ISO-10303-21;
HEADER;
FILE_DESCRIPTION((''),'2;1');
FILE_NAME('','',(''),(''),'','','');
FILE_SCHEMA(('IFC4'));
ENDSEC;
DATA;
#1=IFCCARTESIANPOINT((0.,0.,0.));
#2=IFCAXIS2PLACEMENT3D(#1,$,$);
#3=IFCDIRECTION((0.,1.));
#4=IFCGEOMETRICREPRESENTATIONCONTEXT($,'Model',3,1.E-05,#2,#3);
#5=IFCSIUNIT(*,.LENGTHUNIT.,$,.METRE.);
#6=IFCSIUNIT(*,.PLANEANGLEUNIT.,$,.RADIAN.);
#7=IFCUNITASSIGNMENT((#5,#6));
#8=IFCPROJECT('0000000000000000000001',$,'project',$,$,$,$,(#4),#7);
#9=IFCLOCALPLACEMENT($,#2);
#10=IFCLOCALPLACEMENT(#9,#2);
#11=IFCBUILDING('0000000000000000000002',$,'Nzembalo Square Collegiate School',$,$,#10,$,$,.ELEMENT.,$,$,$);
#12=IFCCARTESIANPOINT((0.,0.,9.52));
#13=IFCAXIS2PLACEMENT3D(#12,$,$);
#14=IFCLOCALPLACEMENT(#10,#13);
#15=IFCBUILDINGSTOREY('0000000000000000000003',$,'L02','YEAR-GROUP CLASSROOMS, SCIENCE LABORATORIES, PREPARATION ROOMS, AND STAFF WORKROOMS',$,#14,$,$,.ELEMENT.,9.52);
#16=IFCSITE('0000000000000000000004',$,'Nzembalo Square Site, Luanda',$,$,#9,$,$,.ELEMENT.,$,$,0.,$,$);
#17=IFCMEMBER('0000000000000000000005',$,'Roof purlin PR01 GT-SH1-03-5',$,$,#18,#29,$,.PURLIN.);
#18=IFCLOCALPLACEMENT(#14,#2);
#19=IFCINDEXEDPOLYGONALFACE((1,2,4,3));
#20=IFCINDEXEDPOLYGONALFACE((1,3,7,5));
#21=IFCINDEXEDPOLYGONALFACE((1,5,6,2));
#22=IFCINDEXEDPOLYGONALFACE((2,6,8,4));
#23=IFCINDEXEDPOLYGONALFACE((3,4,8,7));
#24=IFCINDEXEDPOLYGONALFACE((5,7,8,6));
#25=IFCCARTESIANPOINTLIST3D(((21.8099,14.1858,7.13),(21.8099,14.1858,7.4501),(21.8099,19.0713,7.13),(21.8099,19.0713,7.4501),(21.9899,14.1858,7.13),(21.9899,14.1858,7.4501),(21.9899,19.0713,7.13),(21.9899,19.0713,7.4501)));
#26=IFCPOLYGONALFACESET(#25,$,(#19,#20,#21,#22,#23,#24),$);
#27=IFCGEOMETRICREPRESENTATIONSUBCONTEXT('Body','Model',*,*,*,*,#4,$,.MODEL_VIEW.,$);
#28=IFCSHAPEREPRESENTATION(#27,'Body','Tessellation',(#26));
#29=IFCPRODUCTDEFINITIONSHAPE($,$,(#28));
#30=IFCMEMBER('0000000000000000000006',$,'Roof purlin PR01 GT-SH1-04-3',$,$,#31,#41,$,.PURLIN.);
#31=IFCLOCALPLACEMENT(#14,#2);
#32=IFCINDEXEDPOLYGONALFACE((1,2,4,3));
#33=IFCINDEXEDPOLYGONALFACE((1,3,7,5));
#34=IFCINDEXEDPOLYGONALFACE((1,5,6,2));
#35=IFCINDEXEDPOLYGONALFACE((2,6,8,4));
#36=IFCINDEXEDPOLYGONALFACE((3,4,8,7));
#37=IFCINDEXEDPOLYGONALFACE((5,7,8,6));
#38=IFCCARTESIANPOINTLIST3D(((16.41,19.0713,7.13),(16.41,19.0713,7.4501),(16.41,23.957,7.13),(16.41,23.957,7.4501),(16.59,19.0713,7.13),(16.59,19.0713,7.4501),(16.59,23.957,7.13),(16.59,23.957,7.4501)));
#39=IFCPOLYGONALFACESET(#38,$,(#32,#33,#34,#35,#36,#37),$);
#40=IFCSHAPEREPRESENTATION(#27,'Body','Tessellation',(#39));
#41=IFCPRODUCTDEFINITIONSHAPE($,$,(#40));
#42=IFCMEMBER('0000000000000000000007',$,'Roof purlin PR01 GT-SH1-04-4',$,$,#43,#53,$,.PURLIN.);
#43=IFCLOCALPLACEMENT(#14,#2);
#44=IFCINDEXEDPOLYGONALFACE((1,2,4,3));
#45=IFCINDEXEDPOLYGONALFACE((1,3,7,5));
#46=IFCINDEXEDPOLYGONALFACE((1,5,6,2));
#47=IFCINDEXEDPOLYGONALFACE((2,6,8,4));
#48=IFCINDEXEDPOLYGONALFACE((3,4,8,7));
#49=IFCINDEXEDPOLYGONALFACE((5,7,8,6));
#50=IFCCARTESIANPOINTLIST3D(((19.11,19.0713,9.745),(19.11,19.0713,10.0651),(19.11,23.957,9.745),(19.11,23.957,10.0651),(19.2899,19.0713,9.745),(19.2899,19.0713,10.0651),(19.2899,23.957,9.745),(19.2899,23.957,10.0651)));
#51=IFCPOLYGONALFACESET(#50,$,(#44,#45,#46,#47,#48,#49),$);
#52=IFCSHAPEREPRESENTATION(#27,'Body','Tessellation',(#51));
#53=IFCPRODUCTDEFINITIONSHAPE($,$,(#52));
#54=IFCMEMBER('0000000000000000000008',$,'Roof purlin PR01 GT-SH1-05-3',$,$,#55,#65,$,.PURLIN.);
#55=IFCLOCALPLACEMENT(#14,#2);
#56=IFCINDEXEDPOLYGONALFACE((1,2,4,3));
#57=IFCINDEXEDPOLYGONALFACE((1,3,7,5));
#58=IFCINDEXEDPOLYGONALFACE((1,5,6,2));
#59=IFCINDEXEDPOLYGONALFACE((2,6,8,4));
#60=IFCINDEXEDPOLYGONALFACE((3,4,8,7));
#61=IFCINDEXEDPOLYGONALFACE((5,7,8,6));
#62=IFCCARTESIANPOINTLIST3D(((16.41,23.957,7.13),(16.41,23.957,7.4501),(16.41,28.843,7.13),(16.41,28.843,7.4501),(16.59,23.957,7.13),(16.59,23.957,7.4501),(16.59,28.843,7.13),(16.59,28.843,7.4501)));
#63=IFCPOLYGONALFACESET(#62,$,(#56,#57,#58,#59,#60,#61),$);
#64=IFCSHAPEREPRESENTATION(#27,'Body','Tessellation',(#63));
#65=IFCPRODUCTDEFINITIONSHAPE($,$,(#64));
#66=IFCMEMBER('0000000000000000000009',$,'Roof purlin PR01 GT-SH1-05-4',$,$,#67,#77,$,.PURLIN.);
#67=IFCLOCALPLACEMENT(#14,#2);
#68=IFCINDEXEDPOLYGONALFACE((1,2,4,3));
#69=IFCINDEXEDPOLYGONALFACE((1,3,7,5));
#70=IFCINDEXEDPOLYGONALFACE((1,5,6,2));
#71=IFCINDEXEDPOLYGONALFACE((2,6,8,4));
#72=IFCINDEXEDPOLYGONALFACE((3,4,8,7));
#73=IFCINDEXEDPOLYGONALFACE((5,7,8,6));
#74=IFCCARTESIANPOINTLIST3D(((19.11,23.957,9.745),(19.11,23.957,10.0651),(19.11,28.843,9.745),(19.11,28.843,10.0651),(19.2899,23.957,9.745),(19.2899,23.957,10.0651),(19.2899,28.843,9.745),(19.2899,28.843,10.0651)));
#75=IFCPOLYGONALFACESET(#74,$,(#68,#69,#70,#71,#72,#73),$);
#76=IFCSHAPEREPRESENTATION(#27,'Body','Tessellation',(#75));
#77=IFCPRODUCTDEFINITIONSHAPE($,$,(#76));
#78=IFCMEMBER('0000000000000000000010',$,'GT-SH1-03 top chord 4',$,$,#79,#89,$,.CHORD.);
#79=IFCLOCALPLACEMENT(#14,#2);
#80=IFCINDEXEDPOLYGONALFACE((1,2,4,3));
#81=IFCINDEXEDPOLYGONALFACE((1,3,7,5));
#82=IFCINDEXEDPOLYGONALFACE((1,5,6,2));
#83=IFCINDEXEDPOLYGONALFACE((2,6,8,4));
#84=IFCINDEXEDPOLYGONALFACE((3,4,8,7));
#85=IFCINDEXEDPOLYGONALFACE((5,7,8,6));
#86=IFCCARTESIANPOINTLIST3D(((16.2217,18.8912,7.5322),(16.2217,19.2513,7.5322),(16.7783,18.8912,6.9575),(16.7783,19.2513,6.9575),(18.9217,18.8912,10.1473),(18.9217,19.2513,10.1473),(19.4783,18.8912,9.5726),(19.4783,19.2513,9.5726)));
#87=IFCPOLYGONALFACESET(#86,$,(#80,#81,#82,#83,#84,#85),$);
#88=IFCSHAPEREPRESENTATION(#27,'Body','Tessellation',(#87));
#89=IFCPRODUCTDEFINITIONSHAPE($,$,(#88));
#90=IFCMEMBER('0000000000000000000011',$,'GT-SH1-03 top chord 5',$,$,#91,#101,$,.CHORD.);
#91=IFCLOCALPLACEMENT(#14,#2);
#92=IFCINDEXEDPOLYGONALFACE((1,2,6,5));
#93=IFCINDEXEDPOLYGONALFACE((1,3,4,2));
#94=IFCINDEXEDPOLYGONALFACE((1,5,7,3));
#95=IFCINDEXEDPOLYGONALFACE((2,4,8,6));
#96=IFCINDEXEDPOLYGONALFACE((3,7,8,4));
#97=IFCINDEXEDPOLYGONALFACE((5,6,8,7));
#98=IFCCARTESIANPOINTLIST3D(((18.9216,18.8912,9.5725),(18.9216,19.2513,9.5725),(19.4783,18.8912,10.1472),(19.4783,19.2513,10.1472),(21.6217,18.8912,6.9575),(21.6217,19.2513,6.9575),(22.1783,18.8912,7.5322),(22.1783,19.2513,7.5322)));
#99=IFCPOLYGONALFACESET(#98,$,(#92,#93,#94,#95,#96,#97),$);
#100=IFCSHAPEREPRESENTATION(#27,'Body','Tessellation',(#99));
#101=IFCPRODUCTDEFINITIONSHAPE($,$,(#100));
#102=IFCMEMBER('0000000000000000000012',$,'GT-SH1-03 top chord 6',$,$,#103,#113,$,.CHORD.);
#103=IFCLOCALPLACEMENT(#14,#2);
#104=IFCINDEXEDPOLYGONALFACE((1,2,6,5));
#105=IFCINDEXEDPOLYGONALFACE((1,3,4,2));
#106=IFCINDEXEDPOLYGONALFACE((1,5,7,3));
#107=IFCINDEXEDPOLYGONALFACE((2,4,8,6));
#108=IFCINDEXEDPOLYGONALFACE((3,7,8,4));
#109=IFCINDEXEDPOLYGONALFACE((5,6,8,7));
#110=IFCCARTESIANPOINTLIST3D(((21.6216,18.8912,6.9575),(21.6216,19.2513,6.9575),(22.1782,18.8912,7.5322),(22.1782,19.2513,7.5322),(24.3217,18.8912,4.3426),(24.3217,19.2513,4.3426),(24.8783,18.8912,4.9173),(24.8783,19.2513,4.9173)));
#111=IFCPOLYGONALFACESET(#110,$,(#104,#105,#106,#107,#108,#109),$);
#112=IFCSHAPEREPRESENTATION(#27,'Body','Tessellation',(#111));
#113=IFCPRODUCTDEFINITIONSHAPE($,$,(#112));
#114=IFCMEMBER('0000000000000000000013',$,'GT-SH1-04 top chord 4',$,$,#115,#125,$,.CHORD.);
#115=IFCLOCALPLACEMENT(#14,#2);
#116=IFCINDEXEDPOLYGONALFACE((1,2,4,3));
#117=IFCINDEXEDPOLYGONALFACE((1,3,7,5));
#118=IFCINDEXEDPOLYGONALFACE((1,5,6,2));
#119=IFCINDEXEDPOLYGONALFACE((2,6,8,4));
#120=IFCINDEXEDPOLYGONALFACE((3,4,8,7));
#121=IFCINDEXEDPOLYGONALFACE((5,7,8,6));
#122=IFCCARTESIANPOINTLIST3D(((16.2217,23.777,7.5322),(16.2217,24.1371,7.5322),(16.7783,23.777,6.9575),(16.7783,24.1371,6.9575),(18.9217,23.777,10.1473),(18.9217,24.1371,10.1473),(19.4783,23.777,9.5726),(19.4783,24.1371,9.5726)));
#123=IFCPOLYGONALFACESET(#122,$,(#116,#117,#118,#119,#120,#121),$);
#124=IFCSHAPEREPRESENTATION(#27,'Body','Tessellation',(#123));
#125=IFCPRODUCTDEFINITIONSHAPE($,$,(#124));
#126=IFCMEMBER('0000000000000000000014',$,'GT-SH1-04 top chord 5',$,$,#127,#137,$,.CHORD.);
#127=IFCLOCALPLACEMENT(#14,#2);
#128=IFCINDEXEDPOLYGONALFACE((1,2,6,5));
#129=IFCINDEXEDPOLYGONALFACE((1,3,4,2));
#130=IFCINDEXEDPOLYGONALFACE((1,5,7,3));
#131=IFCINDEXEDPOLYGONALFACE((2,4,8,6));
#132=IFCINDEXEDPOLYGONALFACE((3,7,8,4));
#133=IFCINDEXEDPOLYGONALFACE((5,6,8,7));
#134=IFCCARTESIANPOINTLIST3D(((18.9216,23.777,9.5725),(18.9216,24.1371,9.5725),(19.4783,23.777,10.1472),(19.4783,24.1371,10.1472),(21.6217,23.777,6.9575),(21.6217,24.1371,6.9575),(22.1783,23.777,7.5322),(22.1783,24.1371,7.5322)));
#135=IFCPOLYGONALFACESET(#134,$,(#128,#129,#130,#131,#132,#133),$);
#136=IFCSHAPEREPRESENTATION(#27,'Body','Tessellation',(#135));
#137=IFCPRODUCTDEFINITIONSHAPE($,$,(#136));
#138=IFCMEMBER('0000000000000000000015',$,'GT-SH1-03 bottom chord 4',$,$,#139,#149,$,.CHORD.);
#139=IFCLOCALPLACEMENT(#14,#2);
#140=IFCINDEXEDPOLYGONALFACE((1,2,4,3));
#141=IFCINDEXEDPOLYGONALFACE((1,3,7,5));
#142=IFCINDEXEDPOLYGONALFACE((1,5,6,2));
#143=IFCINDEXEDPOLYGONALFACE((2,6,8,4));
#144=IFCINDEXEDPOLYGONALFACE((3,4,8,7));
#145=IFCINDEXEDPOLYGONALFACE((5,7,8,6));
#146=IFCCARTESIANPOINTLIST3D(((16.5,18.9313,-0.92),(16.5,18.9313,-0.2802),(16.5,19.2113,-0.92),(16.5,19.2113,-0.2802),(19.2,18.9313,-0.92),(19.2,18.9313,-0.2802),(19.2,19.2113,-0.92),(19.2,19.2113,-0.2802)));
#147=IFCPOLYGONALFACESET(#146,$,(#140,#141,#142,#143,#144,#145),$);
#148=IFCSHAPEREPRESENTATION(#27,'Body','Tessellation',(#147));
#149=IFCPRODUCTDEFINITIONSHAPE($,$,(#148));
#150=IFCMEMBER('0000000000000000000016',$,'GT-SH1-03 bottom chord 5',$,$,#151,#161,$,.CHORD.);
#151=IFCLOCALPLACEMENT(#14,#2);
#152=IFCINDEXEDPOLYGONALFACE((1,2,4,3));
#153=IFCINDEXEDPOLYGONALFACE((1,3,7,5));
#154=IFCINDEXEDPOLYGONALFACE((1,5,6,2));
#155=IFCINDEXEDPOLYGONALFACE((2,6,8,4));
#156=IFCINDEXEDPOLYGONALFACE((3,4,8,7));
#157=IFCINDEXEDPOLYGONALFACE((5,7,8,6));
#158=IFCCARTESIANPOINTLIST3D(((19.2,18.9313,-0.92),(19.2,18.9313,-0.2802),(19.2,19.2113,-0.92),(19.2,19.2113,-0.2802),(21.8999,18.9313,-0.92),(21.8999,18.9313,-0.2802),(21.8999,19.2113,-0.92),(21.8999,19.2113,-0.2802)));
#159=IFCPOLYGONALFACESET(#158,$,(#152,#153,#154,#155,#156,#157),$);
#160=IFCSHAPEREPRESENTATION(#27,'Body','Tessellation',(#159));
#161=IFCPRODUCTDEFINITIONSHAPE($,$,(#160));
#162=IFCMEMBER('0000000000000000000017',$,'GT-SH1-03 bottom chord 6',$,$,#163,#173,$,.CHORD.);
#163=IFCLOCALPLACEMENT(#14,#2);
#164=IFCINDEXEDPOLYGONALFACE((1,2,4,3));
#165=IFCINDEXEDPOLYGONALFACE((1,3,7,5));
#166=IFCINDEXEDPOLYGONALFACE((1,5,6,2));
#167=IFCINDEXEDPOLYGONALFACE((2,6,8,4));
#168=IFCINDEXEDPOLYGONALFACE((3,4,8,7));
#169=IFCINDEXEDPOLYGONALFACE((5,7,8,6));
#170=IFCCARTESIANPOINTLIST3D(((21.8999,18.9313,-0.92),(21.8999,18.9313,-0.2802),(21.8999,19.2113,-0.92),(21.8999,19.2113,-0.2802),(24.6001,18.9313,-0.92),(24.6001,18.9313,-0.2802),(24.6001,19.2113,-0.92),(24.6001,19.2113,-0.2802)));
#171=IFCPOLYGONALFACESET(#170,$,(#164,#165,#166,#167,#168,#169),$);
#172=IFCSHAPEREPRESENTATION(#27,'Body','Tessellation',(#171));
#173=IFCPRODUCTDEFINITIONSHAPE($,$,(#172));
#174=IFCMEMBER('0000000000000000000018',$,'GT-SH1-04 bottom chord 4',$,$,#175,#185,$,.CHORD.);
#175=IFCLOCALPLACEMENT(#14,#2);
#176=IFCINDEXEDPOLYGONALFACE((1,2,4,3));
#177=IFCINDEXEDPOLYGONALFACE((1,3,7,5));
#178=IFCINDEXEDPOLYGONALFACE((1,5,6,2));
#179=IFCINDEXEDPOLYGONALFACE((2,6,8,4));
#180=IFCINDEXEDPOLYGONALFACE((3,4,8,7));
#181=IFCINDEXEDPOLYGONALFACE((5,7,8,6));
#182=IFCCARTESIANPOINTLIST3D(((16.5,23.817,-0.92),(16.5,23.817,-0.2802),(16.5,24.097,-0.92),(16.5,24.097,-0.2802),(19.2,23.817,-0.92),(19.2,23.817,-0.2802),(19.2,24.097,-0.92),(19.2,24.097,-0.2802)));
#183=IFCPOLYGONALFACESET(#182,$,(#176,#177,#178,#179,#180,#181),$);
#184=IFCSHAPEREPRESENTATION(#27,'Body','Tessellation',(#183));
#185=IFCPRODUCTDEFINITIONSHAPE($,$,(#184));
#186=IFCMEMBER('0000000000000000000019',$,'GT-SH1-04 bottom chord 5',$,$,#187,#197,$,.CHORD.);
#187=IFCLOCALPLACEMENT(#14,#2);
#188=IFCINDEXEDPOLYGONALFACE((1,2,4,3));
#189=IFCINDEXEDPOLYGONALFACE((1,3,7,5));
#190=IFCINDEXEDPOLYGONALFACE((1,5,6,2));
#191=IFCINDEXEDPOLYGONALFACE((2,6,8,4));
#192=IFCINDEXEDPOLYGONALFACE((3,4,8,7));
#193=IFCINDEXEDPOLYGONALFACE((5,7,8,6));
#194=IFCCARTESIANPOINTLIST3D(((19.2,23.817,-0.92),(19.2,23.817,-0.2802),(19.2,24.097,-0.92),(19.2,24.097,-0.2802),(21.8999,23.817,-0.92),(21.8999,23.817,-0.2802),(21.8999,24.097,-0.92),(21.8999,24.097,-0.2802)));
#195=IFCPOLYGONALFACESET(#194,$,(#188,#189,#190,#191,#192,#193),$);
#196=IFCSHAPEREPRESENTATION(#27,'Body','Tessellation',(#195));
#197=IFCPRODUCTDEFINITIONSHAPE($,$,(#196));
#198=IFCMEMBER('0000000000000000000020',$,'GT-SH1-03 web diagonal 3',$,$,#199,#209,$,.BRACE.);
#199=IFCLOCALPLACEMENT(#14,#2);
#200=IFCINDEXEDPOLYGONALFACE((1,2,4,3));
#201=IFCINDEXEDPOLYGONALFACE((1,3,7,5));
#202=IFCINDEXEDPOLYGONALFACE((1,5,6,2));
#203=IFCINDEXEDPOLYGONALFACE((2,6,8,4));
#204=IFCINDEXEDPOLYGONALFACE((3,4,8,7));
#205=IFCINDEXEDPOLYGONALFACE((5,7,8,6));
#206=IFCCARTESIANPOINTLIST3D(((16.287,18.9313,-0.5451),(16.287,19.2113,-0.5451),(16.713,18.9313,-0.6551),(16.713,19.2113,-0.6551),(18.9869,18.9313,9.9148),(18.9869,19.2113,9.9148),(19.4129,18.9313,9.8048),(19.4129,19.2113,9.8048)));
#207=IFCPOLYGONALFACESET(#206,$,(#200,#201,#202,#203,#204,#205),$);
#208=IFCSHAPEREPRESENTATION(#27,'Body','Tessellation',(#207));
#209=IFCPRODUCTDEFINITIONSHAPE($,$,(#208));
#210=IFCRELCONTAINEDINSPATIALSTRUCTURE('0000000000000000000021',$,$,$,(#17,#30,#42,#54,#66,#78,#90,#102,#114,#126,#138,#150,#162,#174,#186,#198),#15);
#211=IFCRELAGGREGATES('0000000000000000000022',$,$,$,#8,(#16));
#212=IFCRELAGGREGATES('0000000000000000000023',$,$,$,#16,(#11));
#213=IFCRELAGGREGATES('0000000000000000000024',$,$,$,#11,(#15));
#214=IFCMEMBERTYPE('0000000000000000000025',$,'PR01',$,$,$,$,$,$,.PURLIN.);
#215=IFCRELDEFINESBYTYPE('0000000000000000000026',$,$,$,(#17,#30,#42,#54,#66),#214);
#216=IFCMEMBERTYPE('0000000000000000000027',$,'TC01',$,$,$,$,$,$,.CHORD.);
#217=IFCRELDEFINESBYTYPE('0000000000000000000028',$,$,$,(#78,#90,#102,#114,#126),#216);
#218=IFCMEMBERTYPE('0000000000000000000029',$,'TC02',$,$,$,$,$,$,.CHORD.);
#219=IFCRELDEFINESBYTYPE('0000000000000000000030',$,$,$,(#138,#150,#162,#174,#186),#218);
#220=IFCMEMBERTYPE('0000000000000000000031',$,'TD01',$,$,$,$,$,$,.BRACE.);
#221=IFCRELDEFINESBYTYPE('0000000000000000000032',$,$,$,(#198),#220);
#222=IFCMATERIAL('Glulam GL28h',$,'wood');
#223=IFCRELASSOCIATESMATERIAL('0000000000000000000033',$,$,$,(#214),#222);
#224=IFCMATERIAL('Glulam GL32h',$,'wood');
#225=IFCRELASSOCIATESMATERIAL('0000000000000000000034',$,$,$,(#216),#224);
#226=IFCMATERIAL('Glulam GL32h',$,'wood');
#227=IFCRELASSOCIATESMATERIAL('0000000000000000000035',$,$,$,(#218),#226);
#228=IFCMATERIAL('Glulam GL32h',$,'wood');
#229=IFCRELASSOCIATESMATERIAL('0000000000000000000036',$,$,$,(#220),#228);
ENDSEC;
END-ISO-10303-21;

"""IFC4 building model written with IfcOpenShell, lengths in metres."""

from ifc_helpers import new_model, si_unit, direction, frame, origin, origin_2d, place, context, subcontext, project, spatial, rectangle, extrude, material, material_profile, profile_set, type_object, element, save


model = new_model("IFC4")

# Units and contexts
model_context = context("Model", 3, precision=1e-05, world=origin(), true_north=direction((0.0, 1.0)))
body_context = subcontext(model_context, "Body", "Model", "MODEL_VIEW")
ifc_project = project(units=[si_unit("LENGTHUNIT", "METRE"), si_unit("PLANEANGLEUNIT", "RADIAN")], contexts=[model_context])

# Site, building, storey
site_placement = place(None, origin())
site = spatial("IfcSite", under=ifc_project, at=site_placement, Name="Nzembalo Square Site, Luanda", CompositionType="ELEMENT", RefElevation=0.0)
building_placement = place(site_placement, origin())
building = spatial("IfcBuilding", under=site, at=building_placement, Name="Nzembalo Square Collegiate School", CompositionType="ELEMENT")
storey_placement = place(building_placement, frame((0.0, 0.0, 9.52)))
storey = spatial("IfcBuildingStorey", under=building, at=storey_placement, Name="L02", Description="YEAR-GROUP CLASSROOMS, SCIENCE LABORATORIES, PREPARATION ROOMS, AND STAFF WORKROOMS", CompositionType="ELEMENT", Elevation=9.52)

# Members
ifc_material_1 = material(Name="Glulam GL28h", Category="wood")
ifc_material_profile_1 = material_profile(ifc_material_1, rectangle(XDim=0.1799, YDim=0.3201, at=origin_2d()), Name="GL28h 180x320")
ifc_profile_set_1 = profile_set([ifc_material_profile_1], Name="Glulam GL28h")
member_type_1 = type_object("IfcMemberType", Name="PR01", PredefinedType="PURLIN", material=ifc_profile_set_1)
member_1_placement = place(storey_placement, frame((21.8999, 14.1858, 7.29), z_axis=(0.0, 1.0, 0.0), x_axis=(-1.0, 0.0, 0.0)))
element("IfcMember", 1, at=member_1_placement, inside=storey, type_object=member_type_1, Name="Roof purlin PR01 GT-SH1-03-5", PredefinedType="PURLIN", context=body_context, shape_type="SweptSolid", body=[
    extrude(rectangle(XDim=0.1799, YDim=0.3201, at=origin_2d()), origin(), (0.0, 0.0, 1.0), 4.8855),
])
for number, where, z_axis, x_axis, name in (
    (2, (16.5, 19.0713, 7.29), (0.0, 1.0, 0.0), (-1.0, 0.0, 0.0), "Roof purlin PR01 GT-SH1-04-3"),
    (3, (19.2, 19.0713, 9.905), (0.0, 1.0, 0.0), (-1.0, 0.0, 0.0), "Roof purlin PR01 GT-SH1-04-4"),
):
    element("IfcMember", number, at=place(storey_placement, frame(where, z_axis=z_axis, x_axis=x_axis)), inside=storey, type_object=member_type_1, Name=name, PredefinedType="PURLIN", context=body_context, shape_type="SweptSolid", body=[
        extrude(rectangle(XDim=0.1799, YDim=0.3201, at=origin_2d()), origin(), (0.0, 0.0, 1.0), 4.8857),
    ])
for number, where, z_axis, x_axis, name in (
    (4, (16.5, 23.957, 7.29), (0.0, 1.0, 0.0), (-1.0, 0.0, 0.0), "Roof purlin PR01 GT-SH1-05-3"),
    (5, (19.2, 23.957, 9.905), (0.0, 1.0, 0.0), (-1.0, 0.0, 0.0), "Roof purlin PR01 GT-SH1-05-4"),
):
    element("IfcMember", number, at=place(storey_placement, frame(where, z_axis=z_axis, x_axis=x_axis)), inside=storey, type_object=member_type_1, Name=name, PredefinedType="PURLIN", context=body_context, shape_type="SweptSolid", body=[
        extrude(rectangle(XDim=0.1799, YDim=0.3201, at=origin_2d()), origin(), (0.0, 0.0, 1.0), 4.886),
    ])
ifc_material_2 = material(Name="Glulam GL32h", Category="wood")
ifc_material_profile_2 = material_profile(ifc_material_2, rectangle(XDim=0.3601, YDim=0.8, at=origin_2d()), Name="GL32h 360x800")
ifc_profile_set_2 = profile_set([ifc_material_profile_2], Name="Glulam GL32h")
member_type_2 = type_object("IfcMemberType", Name="TC01", PredefinedType="CHORD", material=ifc_profile_set_2)
for number, where, z_axis, x_axis, name in (
    (6, (16.5, 19.0713, 7.2449), (0.718318, 0.0, 0.695715), (0.0, 1.0, 0.0), "GT-SH1-03 top chord 4"),
    (7, (19.2, 19.0713, 9.8599), (0.718318, 0.0, -0.695715), (0.0, 1.0, 0.0), "GT-SH1-03 top chord 5"),
    (8, (21.8999, 19.0713, 7.2449), (0.71835, 0.0, -0.695682), (0.0, 1.0, 0.0), "GT-SH1-03 top chord 6"),
    (9, (16.5, 23.957, 7.2449), (0.718318, 0.0, 0.695715), (0.0, 1.0, 0.0), "GT-SH1-04 top chord 4"),
    (10, (19.2, 23.957, 9.8599), (0.718318, 0.0, -0.695715), (0.0, 1.0, 0.0), "GT-SH1-04 top chord 5"),
):
    element("IfcMember", number, at=place(storey_placement, frame(where, z_axis=z_axis, x_axis=x_axis)), inside=storey, type_object=member_type_2, Name=name, PredefinedType="CHORD", context=body_context, shape_type="SweptSolid", body=[
        extrude(rectangle(XDim=0.3601, YDim=0.8, at=origin_2d()), origin(), (0.0, 0.0, 1.0), 3.7588),
    ])
ifc_material_3 = material(Name="Glulam GL32h", Category="wood")
ifc_material_profile_3 = material_profile(ifc_material_3, rectangle(XDim=0.28, YDim=0.6399, at=origin_2d()), Name="GL32h 280x640")
ifc_profile_set_3 = profile_set([ifc_material_profile_3], Name="Glulam GL32h")
member_type_3 = type_object("IfcMemberType", Name="TC02", PredefinedType="CHORD", material=ifc_profile_set_3)
for number, where, z_axis, x_axis, name in (
    (11, (16.5, 19.0713, -0.6001), (1.0, 0.0, 0.0), (0.0, 1.0, 0.0), "GT-SH1-03 bottom chord 4"),
    (12, (19.2, 19.0713, -0.6001), (1.0, 0.0, 0.0), (0.0, 1.0, 0.0), "GT-SH1-03 bottom chord 5"),
):
    element("IfcMember", number, at=place(storey_placement, frame(where, z_axis=z_axis, x_axis=x_axis)), inside=storey, type_object=member_type_3, Name=name, PredefinedType="CHORD", context=body_context, shape_type="SweptSolid", body=[
        extrude(rectangle(XDim=0.28, YDim=0.6399, at=origin_2d()), origin(), (0.0, 0.0, 1.0), 2.7),
    ])
member_2_placement = place(storey_placement, frame((21.8999, 19.0713, -0.6001), z_axis=(1.0, 0.0, 0.0), x_axis=(0.0, 1.0, 0.0)))
element("IfcMember", 13, at=member_2_placement, inside=storey, type_object=member_type_3, Name="GT-SH1-03 bottom chord 6", PredefinedType="CHORD", context=body_context, shape_type="SweptSolid", body=[
    extrude(rectangle(XDim=0.28, YDim=0.6399, at=origin_2d()), origin(), (0.0, 0.0, 1.0), 2.7002),
])
for number, where, z_axis, x_axis, name in (
    (14, (16.5, 23.957, -0.6001), (1.0, 0.0, 0.0), (0.0, 1.0, 0.0), "GT-SH1-04 bottom chord 4"),
    (15, (19.2, 23.957, -0.6001), (1.0, 0.0, 0.0), (0.0, 1.0, 0.0), "GT-SH1-04 bottom chord 5"),
):
    element("IfcMember", number, at=place(storey_placement, frame(where, z_axis=z_axis, x_axis=x_axis)), inside=storey, type_object=member_type_3, Name=name, PredefinedType="CHORD", context=body_context, shape_type="SweptSolid", body=[
        extrude(rectangle(XDim=0.28, YDim=0.6399, at=origin_2d()), origin(), (0.0, 0.0, 1.0), 2.7),
    ])
ifc_material_4 = material(Name="Glulam GL32h", Category="wood")
ifc_material_profile_4 = material_profile(ifc_material_4, rectangle(XDim=0.28, YDim=0.4399, at=origin_2d()), Name="GL32h 280x440")
ifc_profile_set_4 = profile_set([ifc_material_profile_4], Name="Glulam GL32h")
member_type_4 = type_object("IfcMemberType", Name="TD01", PredefinedType="BRACE", material=ifc_profile_set_4)
for number, where, z_axis, x_axis, name in (
    (16, (16.5, 19.0713, -0.6001), (0.249931, 0.0, 0.968264), (0.0, 1.0, 0.0), "GT-SH1-03 web diagonal 3"),
):
    element("IfcMember", number, at=place(storey_placement, frame(where, z_axis=z_axis, x_axis=x_axis)), inside=storey, type_object=member_type_4, Name=name, PredefinedType="BRACE", context=body_context, shape_type="SweptSolid", body=[
        extrude(rectangle(XDim=0.28, YDim=0.4399, at=origin_2d()), origin(), (0.0, 0.0, 1.0), 10.8027),
    ])

save(model, "model.ifc")
